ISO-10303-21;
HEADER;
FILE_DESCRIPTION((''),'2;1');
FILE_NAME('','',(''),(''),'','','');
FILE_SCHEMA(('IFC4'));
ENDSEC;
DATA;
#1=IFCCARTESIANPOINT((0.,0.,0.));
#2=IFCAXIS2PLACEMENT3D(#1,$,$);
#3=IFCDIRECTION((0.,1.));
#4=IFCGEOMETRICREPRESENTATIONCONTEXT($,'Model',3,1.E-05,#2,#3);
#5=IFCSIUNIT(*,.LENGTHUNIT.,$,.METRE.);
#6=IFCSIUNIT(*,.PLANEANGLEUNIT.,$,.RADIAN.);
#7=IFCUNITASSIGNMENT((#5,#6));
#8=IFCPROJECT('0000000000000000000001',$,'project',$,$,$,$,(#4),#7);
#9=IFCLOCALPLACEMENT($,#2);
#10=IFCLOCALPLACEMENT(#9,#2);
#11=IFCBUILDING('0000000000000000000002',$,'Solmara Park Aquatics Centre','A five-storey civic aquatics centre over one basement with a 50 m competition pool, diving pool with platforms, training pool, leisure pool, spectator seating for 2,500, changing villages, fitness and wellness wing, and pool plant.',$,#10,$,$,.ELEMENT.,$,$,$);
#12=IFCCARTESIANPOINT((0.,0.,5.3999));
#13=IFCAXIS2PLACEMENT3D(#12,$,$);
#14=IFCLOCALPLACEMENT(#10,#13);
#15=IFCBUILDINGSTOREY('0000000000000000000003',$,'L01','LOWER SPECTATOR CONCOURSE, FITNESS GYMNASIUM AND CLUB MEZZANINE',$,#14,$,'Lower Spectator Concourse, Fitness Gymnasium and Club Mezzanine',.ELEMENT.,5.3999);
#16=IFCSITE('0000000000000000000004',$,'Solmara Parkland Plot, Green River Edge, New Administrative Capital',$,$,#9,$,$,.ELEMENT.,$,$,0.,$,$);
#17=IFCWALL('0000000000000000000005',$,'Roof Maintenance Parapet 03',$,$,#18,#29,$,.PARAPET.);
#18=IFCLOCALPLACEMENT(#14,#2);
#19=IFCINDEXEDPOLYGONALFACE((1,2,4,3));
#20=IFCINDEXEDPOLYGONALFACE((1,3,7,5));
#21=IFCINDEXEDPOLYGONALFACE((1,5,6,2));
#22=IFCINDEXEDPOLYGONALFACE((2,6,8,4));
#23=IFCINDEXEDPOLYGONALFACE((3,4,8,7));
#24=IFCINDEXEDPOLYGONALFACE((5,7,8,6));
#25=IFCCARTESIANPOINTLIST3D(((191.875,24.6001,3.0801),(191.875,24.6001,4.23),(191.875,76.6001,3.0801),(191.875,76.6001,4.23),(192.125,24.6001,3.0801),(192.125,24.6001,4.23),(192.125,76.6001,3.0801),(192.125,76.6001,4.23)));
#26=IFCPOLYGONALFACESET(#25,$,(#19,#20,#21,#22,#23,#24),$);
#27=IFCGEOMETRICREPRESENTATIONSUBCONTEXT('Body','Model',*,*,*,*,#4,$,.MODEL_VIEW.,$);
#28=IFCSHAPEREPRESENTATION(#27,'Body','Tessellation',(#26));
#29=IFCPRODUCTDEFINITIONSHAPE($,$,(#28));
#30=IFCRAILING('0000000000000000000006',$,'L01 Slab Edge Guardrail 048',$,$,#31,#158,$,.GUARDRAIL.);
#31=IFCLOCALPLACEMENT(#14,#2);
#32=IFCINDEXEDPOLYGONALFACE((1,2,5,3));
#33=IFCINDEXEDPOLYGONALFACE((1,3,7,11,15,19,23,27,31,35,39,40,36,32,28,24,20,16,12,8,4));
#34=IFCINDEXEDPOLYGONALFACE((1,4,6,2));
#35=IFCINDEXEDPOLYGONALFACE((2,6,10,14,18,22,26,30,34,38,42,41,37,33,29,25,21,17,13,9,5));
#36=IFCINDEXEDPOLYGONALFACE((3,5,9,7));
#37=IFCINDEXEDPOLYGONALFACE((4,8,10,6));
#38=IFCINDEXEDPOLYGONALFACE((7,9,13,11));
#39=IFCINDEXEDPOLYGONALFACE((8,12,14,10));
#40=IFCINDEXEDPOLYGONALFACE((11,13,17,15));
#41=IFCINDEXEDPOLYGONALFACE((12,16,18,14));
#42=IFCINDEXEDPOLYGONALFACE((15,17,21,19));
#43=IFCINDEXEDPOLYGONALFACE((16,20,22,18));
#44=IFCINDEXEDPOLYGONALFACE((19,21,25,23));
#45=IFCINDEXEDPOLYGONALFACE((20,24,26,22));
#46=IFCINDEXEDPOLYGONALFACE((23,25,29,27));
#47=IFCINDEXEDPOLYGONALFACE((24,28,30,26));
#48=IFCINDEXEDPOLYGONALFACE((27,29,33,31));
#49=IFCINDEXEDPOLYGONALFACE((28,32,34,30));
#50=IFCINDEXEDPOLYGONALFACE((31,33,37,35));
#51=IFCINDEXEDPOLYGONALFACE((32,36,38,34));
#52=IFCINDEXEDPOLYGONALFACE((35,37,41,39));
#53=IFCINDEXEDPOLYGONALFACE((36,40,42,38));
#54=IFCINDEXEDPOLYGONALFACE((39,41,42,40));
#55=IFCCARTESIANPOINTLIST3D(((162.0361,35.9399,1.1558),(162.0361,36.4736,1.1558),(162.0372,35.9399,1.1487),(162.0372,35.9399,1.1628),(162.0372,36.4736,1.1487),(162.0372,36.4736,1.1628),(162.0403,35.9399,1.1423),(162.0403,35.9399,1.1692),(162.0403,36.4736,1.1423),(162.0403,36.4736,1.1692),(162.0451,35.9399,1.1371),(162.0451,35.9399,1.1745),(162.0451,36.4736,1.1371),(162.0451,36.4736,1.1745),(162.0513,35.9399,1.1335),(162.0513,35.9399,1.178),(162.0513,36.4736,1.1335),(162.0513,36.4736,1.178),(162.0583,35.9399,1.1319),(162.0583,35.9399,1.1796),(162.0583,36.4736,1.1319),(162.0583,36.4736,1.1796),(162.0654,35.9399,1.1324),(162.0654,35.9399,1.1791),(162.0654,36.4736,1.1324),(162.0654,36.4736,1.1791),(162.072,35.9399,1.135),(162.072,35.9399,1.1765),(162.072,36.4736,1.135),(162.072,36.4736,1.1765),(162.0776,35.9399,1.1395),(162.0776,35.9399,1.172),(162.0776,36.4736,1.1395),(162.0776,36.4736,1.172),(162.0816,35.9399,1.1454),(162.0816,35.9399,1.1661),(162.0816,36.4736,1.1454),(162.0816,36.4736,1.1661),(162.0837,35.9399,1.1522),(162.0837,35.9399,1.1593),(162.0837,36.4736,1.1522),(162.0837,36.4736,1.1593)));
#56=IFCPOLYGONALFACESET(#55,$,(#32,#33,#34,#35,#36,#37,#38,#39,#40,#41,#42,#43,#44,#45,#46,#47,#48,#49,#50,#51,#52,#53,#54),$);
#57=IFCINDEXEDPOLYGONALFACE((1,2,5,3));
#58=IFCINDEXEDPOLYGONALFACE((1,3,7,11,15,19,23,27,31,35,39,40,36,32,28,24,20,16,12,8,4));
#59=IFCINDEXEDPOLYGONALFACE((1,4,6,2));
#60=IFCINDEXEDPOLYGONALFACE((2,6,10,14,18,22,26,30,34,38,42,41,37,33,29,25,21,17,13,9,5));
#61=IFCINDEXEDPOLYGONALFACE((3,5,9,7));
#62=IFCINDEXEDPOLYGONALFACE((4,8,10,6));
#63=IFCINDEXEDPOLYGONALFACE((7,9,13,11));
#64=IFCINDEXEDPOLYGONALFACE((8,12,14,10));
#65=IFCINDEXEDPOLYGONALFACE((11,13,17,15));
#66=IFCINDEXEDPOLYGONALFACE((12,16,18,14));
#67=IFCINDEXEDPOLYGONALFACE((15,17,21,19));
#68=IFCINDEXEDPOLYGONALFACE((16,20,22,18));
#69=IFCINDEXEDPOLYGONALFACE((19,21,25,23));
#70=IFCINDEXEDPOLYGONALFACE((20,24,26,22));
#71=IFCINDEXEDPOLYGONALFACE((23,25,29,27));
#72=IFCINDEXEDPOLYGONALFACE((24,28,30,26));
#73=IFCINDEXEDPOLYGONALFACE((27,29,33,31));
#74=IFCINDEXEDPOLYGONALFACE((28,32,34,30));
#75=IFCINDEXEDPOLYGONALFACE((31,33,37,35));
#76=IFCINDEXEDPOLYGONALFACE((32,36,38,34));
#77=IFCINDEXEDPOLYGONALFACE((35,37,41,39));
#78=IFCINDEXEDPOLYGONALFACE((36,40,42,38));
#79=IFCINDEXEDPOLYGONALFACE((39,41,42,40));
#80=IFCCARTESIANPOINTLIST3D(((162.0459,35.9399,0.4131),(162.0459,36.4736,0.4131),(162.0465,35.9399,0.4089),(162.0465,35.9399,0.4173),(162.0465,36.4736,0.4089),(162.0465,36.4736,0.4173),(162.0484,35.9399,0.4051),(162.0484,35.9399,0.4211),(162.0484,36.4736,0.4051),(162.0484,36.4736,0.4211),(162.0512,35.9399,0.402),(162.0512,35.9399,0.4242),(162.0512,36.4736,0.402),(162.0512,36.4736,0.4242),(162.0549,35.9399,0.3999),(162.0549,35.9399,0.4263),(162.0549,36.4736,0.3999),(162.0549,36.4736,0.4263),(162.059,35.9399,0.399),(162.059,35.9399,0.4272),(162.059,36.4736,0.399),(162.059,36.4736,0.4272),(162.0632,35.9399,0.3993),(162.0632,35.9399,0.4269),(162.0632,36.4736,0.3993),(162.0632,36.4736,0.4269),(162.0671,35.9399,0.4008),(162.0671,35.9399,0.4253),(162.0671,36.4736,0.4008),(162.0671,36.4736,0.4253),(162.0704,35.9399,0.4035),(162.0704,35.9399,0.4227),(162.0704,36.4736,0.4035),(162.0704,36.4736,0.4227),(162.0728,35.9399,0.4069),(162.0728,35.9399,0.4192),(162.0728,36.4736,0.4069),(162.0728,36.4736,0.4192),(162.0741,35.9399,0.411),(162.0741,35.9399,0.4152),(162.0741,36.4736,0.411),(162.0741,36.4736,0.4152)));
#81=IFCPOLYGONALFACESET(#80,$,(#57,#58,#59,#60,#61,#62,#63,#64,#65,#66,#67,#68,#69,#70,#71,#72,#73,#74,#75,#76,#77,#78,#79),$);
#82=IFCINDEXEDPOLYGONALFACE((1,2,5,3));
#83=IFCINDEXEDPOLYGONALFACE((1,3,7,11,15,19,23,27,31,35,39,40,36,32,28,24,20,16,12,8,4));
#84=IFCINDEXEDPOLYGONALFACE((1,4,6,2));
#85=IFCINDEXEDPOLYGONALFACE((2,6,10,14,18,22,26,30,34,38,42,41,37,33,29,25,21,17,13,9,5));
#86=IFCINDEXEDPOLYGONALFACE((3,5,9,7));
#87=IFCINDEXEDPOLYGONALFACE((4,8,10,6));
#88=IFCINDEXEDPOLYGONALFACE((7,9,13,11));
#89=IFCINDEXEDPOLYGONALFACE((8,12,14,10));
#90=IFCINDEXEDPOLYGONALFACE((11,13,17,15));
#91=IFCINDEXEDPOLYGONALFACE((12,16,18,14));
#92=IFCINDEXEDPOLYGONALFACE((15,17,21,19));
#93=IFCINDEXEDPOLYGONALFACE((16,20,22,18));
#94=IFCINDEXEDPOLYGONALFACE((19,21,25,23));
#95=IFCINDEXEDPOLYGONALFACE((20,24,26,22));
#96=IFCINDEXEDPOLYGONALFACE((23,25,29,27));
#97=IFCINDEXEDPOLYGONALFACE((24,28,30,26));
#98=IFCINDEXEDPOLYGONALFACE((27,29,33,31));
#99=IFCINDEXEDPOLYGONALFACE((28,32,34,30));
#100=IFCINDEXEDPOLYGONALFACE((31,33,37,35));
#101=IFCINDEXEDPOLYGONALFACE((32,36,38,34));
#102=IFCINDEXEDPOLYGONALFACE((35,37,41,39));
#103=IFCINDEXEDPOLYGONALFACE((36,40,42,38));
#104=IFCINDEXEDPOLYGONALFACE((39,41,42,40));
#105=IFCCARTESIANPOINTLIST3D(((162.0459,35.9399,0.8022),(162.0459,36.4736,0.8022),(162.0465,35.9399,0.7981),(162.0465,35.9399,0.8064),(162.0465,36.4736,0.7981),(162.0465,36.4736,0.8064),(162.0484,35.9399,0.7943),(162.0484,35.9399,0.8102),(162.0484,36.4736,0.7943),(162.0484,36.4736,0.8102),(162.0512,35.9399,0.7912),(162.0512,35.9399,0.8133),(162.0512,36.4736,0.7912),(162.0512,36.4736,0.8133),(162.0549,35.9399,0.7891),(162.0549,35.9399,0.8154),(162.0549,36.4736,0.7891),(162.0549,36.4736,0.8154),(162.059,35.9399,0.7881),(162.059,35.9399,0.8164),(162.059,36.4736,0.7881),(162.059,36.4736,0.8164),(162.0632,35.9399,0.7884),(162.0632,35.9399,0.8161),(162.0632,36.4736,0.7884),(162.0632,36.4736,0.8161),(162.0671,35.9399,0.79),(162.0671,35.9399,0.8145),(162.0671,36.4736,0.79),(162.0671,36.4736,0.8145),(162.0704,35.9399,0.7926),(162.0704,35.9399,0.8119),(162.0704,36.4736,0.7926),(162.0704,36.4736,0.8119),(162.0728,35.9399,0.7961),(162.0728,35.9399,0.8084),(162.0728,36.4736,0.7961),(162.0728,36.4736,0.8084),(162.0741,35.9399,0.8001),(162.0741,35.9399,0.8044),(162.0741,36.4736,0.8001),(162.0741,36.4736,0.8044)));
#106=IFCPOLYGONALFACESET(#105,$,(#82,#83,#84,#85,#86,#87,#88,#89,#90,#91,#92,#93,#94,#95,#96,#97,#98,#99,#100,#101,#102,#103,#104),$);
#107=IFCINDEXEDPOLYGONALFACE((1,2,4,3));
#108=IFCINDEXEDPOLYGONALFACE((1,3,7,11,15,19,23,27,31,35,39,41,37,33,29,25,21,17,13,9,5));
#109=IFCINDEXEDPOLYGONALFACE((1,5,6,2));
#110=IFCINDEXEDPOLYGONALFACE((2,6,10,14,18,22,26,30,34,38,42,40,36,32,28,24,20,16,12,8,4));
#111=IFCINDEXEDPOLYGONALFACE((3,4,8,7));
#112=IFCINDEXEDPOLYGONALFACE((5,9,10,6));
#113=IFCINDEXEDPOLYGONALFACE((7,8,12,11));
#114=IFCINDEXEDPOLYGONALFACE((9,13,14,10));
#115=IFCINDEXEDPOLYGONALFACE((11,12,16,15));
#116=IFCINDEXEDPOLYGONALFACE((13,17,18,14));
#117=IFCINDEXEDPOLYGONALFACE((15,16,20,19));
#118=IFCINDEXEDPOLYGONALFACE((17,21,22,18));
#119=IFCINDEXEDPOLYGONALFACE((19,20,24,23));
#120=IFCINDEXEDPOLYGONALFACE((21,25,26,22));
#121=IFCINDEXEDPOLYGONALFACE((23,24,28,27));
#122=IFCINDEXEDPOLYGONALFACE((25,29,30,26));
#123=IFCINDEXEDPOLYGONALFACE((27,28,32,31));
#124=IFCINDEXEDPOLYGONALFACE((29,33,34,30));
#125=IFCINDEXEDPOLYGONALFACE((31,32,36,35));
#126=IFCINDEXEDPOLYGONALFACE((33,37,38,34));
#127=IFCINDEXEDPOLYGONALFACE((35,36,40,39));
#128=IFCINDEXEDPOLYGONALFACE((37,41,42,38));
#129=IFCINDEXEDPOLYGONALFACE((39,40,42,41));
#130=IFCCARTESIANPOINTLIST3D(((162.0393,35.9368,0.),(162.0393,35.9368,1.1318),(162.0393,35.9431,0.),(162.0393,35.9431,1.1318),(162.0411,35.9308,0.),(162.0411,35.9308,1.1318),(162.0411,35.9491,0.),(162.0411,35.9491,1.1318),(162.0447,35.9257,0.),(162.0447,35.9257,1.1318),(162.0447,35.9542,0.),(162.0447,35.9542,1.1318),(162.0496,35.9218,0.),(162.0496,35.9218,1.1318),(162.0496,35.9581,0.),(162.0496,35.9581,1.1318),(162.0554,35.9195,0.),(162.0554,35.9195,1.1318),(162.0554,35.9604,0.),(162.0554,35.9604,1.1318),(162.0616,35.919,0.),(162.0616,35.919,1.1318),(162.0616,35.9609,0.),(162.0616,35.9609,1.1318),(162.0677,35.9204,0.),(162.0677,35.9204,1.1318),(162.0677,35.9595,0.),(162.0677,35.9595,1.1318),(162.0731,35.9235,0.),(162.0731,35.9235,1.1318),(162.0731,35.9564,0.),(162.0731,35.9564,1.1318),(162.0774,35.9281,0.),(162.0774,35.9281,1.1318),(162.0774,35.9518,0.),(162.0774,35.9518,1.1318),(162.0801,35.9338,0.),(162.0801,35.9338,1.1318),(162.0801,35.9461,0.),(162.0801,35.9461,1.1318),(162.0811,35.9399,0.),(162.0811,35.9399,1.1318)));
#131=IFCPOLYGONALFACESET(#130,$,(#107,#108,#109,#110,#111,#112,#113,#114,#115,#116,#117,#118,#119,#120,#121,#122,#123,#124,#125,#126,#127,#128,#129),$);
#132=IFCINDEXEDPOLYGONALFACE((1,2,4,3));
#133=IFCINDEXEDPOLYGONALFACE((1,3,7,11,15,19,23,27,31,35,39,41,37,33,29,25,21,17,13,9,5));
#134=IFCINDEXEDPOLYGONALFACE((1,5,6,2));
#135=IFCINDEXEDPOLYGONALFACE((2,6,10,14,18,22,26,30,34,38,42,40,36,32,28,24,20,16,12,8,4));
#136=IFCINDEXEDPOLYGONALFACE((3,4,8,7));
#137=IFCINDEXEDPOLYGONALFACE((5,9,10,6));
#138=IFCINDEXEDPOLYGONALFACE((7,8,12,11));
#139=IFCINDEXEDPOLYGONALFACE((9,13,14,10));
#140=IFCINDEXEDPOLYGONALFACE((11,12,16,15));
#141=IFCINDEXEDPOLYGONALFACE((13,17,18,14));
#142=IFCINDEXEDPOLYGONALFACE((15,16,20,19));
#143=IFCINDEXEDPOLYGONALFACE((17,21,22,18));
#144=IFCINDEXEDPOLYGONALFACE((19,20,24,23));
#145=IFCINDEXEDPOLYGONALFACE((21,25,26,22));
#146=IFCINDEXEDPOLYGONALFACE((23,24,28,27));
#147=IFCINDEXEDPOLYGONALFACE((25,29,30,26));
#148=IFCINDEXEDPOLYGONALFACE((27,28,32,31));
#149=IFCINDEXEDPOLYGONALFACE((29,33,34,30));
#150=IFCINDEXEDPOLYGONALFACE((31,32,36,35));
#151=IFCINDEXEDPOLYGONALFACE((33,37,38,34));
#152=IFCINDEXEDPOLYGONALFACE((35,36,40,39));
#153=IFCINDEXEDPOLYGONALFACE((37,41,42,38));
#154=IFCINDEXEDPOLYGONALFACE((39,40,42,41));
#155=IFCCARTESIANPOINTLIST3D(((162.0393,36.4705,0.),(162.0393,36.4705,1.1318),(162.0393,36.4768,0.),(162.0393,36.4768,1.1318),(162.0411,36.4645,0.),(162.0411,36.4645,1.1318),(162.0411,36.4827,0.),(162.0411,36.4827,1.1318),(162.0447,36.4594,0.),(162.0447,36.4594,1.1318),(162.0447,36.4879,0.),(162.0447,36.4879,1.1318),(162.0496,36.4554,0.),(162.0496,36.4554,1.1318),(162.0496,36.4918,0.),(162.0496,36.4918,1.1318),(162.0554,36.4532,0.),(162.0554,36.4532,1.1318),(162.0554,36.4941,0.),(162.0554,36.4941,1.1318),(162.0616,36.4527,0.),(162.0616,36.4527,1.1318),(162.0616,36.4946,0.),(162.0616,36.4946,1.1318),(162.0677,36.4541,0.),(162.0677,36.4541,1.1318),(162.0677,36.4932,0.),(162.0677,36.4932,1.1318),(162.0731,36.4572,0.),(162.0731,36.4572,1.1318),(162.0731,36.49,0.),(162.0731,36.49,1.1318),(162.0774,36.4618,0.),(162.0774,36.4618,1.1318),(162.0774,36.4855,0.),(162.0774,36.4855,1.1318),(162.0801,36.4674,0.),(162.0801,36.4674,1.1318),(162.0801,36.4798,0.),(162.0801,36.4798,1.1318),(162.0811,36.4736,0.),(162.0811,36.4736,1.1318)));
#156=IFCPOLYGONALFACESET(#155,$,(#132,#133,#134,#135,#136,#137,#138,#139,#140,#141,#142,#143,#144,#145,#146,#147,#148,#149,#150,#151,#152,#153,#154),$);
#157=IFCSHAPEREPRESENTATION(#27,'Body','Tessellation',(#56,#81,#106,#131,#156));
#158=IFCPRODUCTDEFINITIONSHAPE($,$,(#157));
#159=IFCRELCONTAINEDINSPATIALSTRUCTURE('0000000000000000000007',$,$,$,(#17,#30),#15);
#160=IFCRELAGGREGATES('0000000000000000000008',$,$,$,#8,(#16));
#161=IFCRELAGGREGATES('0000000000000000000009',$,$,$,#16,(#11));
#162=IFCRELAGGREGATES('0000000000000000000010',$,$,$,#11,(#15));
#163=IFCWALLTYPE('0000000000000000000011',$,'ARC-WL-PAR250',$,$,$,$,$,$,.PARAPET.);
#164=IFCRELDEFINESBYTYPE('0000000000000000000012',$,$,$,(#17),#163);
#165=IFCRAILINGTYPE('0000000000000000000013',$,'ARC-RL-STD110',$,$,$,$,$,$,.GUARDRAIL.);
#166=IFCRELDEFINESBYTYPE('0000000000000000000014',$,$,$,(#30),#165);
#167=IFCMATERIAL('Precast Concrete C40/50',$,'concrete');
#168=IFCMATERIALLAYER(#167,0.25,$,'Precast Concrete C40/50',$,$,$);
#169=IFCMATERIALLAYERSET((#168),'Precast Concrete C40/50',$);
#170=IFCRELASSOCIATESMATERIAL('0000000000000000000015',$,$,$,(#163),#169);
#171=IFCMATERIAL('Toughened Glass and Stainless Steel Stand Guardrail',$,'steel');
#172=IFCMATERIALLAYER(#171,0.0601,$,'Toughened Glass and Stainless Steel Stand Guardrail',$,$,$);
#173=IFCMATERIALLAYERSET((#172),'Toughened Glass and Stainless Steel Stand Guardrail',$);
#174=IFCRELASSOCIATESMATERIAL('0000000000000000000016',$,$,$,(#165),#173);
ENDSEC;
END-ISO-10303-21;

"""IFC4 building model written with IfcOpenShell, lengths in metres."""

from ifc_helpers import new_model, si_unit, direction, frame, frame_2d, origin, origin_2d, place, context, subcontext, project, spatial, rectangle, circle, extrude, material, layer, layer_set, type_object, element, save


model = new_model("IFC4")

# Units and contexts
model_context = context("Model", 3, precision=1e-05, world=origin(), true_north=direction((0.0, 1.0)))
body_context = subcontext(model_context, "Body", "Model", "MODEL_VIEW")
ifc_project = project(units=[si_unit("LENGTHUNIT", "METRE"), si_unit("PLANEANGLEUNIT", "RADIAN")], contexts=[model_context])

# Site, building, storey
site_placement = place(None, origin())
site = spatial("IfcSite", under=ifc_project, at=site_placement, Name="Solmara Parkland Plot, Green River Edge, New Administrative Capital", CompositionType="ELEMENT", RefElevation=0.0)
building_placement = place(site_placement, origin())
building = spatial("IfcBuilding", under=site, at=building_placement, Name="Solmara Park Aquatics Centre", Description="A five-storey civic aquatics centre over one basement with a 50 m competition pool, diving pool with platforms, training pool, leisure pool, spectator seating for 2,500, changing villages, fitness and wellness wing, and pool plant.", CompositionType="ELEMENT")
storey_placement = place(building_placement, frame((0.0, 0.0, 5.3999)))
storey = spatial("IfcBuildingStorey", under=building, at=storey_placement, Name="L01", Description="LOWER SPECTATOR CONCOURSE, FITNESS GYMNASIUM AND CLUB MEZZANINE", LongName="Lower Spectator Concourse, Fitness Gymnasium and Club Mezzanine", CompositionType="ELEMENT", Elevation=5.3999)

# Wall
ifc_material_1 = material(Name="Precast Concrete C40/50", Category="concrete")
ifc_layer_1 = layer(ifc_material_1, 0.25, Name="Precast Concrete C40/50")
ifc_layer_set_1 = layer_set([ifc_layer_1], Name="Precast Concrete C40/50")
wall_type_1 = type_object("IfcWallType", Name="ARC-WL-PAR250", PredefinedType="PARAPET", material=ifc_layer_set_1)
wall_1_placement = place(storey_placement, frame((192.0, 24.6001, 3.0801), z_axis=(0.0, 0.0, 1.0), x_axis=(0.0, 1.0, 0.0)))
element("IfcWall", 1, at=wall_1_placement, inside=storey, type_object=wall_type_1, Name="Roof Maintenance Parapet 03", PredefinedType="PARAPET", context=body_context, shape_type="SweptSolid", body=[
    extrude(rectangle(XDim=52.0, YDim=0.25, at=frame_2d((26.0, 0.0))), origin(), (0.0, 0.0, 1.0), 1.1499),
])

# Railing
ifc_material_2 = material(Name="Toughened Glass and Stainless Steel Stand Guardrail", Category="steel")
ifc_layer_2 = layer(ifc_material_2, 0.0601, Name="Toughened Glass and Stainless Steel Stand Guardrail")
ifc_layer_set_2 = layer_set([ifc_layer_2], Name="Toughened Glass and Stainless Steel Stand Guardrail")
railing_type = type_object("IfcRailingType", Name="ARC-RL-STD110", PredefinedType="GUARDRAIL", material=ifc_layer_set_2)
railing_1_placement = place(storey_placement, frame((162.0601, 35.9399, 0.0)))
element("IfcRailing", 2, at=railing_1_placement, inside=storey, type_object=railing_type, Name="L01 Slab Edge Guardrail 048", PredefinedType="GUARDRAIL", context=body_context, shape_type="SweptSolid", body=[
    extrude(circle(Radius=0.0239, at=origin_2d()), frame((0.0, 0.0, 1.1558), z_axis=(0.0, 1.0, 0.0), x_axis=(-1.0, 0.0, 0.0)), (0.0, 0.0, 1.0), 0.5337),
    extrude(circle(Radius=0.0142, at=origin_2d()), frame((0.0, 0.0, 0.4131), z_axis=(0.0, 1.0, 0.0), x_axis=(-1.0, 0.0, 0.0)), (0.0, 0.0, 1.0), 0.5337),
    extrude(circle(Radius=0.0142, at=origin_2d()), frame((0.0, 0.0, 0.8022), z_axis=(0.0, 1.0, 0.0), x_axis=(-1.0, 0.0, 0.0)), (0.0, 0.0, 1.0), 0.5337),
    extrude(circle(Radius=0.021, at=origin_2d()), origin(), (0.0, 0.0, 1.0), 1.1318),
    extrude(circle(Radius=0.021, at=origin_2d()), frame((0.0, 0.5337, 0.0)), (0.0, 0.0, 1.0), 1.1318),
])

save(model, "model.ifc")
